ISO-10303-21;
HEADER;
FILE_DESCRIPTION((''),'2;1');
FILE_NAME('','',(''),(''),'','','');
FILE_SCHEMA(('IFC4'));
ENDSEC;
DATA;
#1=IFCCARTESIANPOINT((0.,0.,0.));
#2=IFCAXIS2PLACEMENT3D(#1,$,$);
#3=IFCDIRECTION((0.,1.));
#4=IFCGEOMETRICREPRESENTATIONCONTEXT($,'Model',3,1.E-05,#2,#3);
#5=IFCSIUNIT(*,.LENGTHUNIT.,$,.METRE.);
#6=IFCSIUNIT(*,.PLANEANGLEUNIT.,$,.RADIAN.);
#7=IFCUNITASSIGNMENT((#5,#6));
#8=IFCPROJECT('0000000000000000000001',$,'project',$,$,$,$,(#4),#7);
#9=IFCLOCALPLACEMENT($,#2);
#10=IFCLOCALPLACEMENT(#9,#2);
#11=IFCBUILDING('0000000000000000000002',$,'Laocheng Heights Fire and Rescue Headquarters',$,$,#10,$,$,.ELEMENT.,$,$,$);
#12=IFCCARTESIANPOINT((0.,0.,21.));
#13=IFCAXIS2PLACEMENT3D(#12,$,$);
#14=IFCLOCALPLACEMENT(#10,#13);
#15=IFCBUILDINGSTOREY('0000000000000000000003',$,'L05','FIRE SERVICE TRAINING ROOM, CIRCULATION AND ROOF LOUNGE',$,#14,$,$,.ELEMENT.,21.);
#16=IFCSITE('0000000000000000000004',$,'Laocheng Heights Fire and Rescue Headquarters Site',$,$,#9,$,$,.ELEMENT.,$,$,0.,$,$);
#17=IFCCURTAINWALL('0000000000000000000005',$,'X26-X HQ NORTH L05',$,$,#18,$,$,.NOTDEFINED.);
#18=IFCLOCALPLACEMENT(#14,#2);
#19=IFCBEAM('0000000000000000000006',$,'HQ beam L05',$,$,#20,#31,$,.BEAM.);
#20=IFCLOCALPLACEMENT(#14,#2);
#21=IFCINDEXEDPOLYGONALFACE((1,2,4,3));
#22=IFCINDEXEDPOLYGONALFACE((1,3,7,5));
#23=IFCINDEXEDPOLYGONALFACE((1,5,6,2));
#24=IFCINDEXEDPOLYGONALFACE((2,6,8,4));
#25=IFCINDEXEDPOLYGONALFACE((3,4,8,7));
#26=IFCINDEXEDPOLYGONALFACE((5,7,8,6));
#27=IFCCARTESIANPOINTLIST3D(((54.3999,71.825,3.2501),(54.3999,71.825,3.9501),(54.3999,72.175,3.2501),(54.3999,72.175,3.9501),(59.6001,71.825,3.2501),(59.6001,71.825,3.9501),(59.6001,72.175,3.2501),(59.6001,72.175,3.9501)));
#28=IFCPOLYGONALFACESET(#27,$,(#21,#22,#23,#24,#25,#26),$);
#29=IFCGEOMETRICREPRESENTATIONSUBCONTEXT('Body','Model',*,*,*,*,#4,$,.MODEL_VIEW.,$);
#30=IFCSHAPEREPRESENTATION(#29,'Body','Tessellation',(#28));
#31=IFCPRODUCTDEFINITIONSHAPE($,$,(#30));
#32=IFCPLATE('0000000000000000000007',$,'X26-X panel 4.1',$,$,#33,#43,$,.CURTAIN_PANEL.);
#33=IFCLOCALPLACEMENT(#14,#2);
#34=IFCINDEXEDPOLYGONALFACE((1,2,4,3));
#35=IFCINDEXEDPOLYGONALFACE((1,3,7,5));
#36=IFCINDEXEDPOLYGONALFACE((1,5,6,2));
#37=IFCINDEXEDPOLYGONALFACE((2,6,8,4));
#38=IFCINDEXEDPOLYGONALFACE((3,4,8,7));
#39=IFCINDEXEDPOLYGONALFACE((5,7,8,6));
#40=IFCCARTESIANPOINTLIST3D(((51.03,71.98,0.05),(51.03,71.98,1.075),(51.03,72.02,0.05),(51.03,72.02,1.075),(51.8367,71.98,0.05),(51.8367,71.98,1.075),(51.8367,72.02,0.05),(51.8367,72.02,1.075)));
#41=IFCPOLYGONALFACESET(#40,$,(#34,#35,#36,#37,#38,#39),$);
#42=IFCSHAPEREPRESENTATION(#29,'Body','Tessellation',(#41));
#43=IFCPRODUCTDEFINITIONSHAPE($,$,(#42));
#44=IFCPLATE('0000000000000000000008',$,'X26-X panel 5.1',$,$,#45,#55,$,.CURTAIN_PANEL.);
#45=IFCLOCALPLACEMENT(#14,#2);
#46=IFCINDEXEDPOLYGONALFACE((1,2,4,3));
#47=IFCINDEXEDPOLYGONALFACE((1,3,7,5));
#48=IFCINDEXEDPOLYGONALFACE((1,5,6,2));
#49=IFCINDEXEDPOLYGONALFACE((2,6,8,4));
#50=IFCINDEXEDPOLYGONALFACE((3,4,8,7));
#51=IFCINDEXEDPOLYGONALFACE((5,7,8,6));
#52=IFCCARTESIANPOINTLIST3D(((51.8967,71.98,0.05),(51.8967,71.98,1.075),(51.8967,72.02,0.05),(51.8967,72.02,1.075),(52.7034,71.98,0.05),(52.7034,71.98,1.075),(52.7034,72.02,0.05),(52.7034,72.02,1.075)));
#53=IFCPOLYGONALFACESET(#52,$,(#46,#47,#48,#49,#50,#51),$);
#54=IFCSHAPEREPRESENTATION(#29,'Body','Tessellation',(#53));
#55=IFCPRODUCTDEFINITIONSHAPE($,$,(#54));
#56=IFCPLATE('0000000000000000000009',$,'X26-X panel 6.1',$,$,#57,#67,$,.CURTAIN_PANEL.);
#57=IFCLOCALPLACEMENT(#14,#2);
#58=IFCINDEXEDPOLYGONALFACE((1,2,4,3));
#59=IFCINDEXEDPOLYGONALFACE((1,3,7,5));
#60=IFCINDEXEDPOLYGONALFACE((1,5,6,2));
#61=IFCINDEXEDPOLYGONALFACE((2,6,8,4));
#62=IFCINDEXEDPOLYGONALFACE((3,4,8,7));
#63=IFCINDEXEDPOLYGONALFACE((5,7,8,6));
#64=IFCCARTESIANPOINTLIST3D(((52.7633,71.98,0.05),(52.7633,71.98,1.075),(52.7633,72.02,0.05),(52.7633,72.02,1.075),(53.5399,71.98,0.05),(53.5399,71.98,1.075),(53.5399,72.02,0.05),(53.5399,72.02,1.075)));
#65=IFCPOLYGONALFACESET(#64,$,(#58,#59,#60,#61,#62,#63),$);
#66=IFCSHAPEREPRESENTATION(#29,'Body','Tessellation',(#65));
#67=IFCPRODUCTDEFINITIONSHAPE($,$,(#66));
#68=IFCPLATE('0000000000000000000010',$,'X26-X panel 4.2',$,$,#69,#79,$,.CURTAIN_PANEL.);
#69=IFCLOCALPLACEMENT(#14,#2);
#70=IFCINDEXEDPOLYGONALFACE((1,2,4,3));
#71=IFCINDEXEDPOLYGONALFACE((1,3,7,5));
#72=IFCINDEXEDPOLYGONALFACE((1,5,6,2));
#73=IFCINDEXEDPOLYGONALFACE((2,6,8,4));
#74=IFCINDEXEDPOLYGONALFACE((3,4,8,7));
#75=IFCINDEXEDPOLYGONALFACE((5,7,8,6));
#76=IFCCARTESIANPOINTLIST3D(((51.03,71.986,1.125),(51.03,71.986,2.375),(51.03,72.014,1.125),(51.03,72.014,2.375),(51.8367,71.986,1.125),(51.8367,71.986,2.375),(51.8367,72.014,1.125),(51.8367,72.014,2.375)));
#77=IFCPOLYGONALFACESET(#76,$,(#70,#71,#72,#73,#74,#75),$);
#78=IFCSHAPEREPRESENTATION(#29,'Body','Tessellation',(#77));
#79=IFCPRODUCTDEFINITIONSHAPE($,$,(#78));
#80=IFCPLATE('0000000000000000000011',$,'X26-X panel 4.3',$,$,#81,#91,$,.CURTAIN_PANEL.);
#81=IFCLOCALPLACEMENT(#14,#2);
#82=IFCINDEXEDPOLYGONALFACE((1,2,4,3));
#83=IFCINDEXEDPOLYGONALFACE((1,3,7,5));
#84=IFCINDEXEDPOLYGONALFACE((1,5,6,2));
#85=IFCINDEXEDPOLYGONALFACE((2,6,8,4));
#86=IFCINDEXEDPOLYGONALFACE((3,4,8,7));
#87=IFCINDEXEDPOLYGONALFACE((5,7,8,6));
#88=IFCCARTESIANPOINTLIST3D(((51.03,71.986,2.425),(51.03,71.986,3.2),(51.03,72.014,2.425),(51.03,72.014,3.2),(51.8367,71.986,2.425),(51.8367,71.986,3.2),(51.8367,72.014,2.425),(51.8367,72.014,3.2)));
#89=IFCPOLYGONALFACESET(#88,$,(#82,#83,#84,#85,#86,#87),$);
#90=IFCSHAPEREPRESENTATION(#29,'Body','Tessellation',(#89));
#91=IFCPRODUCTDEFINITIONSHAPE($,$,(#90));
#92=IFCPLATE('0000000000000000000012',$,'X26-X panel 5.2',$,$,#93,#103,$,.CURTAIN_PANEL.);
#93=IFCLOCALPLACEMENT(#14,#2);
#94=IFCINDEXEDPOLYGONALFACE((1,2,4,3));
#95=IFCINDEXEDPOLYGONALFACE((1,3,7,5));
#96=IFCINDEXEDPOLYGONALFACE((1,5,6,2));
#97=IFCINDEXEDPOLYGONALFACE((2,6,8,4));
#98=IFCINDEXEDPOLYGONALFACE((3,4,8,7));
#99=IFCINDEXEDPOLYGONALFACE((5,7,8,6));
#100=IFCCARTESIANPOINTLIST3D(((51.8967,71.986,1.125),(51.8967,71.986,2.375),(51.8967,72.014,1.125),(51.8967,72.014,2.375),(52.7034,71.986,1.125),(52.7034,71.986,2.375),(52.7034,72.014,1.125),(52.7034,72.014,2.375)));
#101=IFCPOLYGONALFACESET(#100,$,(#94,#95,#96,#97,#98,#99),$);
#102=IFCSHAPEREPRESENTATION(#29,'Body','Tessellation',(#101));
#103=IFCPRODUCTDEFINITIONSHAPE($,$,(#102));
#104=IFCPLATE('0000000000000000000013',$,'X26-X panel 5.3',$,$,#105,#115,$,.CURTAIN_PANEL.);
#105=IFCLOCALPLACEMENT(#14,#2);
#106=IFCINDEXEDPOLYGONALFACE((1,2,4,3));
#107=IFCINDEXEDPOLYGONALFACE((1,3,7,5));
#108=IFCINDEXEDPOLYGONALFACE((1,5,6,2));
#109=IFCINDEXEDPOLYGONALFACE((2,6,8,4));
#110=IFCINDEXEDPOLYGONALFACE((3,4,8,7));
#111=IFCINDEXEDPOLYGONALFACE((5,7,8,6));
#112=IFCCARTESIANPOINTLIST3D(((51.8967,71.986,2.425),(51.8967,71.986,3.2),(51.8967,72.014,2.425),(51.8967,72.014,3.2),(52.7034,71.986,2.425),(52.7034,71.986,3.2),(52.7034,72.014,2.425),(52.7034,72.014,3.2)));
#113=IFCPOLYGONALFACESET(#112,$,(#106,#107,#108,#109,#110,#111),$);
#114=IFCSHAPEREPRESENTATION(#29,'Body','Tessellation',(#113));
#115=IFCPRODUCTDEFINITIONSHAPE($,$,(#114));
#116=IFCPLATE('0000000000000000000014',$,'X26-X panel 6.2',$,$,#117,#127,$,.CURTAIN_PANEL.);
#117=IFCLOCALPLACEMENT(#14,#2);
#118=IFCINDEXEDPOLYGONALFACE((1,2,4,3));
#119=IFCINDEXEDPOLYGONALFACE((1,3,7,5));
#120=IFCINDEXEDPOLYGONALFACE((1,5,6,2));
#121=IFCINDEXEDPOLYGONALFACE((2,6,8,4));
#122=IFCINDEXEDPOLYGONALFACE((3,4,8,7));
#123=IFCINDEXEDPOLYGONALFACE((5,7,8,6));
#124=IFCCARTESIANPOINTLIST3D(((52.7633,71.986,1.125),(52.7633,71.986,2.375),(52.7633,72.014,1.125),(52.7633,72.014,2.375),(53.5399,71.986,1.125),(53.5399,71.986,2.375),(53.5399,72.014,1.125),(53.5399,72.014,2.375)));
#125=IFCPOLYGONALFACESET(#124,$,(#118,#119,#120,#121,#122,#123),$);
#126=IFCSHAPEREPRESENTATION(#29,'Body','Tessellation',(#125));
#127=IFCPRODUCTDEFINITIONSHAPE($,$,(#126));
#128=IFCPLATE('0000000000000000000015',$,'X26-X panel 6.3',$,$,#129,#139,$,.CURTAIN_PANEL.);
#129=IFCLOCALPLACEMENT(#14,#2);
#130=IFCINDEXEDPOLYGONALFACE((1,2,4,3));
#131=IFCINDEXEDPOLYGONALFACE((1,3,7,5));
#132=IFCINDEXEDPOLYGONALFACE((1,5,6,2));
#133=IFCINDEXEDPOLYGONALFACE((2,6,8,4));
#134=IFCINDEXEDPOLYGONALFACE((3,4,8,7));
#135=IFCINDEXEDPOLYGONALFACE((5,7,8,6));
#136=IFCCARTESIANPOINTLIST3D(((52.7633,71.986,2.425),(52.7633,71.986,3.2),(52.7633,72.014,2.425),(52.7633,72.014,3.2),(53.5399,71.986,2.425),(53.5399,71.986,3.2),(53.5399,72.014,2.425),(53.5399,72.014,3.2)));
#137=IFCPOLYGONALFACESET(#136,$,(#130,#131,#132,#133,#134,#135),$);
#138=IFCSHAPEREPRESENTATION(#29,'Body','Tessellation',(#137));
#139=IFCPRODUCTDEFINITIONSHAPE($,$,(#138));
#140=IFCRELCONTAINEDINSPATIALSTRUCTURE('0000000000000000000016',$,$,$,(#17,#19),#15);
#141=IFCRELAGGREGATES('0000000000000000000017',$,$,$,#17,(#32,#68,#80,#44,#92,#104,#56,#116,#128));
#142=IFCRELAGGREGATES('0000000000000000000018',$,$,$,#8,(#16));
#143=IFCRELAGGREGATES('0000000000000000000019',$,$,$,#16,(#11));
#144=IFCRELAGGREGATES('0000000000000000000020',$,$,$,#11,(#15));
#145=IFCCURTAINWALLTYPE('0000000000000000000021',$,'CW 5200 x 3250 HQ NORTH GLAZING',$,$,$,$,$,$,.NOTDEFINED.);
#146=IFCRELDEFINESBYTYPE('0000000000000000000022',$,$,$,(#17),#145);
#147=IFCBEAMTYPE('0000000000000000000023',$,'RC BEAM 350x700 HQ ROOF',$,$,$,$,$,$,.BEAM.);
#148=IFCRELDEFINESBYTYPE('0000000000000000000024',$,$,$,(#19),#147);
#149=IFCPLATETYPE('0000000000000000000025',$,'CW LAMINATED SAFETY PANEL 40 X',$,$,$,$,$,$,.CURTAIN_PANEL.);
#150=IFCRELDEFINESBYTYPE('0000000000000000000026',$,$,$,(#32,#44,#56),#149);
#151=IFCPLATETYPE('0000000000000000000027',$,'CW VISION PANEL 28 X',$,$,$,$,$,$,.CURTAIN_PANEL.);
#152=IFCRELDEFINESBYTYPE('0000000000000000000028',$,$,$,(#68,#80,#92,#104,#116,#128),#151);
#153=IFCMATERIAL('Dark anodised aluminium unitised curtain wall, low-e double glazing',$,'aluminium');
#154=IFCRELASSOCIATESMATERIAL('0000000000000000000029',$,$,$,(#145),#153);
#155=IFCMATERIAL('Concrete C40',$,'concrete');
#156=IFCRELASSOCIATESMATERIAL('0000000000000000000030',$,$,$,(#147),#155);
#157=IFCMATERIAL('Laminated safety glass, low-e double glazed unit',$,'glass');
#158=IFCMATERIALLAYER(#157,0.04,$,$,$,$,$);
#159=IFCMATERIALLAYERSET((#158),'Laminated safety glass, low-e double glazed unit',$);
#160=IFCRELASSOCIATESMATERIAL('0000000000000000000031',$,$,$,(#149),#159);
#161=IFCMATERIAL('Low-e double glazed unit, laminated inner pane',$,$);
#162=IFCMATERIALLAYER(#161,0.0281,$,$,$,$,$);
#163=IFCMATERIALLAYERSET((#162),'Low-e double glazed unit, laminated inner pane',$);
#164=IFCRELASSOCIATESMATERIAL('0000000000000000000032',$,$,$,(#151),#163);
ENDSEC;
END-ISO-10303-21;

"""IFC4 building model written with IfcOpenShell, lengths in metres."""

from ifc_helpers import new_model, si_unit, direction, frame, origin, origin_2d, place, context, subcontext, project, spatial, rectangle, extrude, material, layer, layer_set, material_profile, profile_set, type_object, element, aggregate, save


model = new_model("IFC4")

# Units and contexts
model_context = context("Model", 3, precision=1e-05, world=origin(), true_north=direction((0.0, 1.0)))
body_context = subcontext(model_context, "Body", "Model", "MODEL_VIEW")
ifc_project = project(units=[si_unit("LENGTHUNIT", "METRE"), si_unit("PLANEANGLEUNIT", "RADIAN")], contexts=[model_context])

# Site, building, storey
site_placement = place(None, origin())
site = spatial("IfcSite", under=ifc_project, at=site_placement, Name="Laocheng Heights Fire and Rescue Headquarters Site", CompositionType="ELEMENT", RefElevation=0.0)
building_placement = place(site_placement, origin())
building = spatial("IfcBuilding", under=site, at=building_placement, Name="Laocheng Heights Fire and Rescue Headquarters", CompositionType="ELEMENT")
storey_placement = place(building_placement, frame((0.0, 0.0, 21.0)))
storey = spatial("IfcBuildingStorey", under=building, at=storey_placement, Name="L05", Description="FIRE SERVICE TRAINING ROOM, CIRCULATION AND ROOF LOUNGE", CompositionType="ELEMENT", Elevation=21.0)

# Curtain wall
ifc_material_1 = material(Name="Dark anodised aluminium unitised curtain wall, low-e double glazing", Category="aluminium")
curtain_wall_type = type_object("IfcCurtainWallType", Name="CW 5200 x 3250 HQ NORTH GLAZING", PredefinedType="NOTDEFINED", material=ifc_material_1)
curtain_wall_1_placement = place(storey_placement, origin())
curtain_wall_1 = element("IfcCurtainWall", 1, at=curtain_wall_1_placement, inside=storey, type_object=curtain_wall_type, Name="X26-X HQ NORTH L05", PredefinedType="NOTDEFINED")

# Beam
ifc_material_2 = material(Name="Concrete C40", Category="concrete")
ifc_material_profile_1 = material_profile(ifc_material_2, rectangle(XDim=0.3501, YDim=0.7, at=origin_2d()), Name="RC BEAM 350x700 HQ ROOF")
ifc_profile_set_1 = profile_set([ifc_material_profile_1], Name="Concrete C40")
beam_type = type_object("IfcBeamType", Name="RC BEAM 350x700 HQ ROOF", PredefinedType="BEAM", material=ifc_profile_set_1)
beam_placement = place(storey_placement, frame((54.3999, 72.0, 3.6001), z_axis=(1.0, 0.0, 0.0), x_axis=(0.0, 1.0, 0.0)))
element("IfcBeam", 2, at=beam_placement, inside=storey, type_object=beam_type, Name="HQ beam L05", PredefinedType="BEAM", context=body_context, shape_type="SweptSolid", body=[
    extrude(rectangle(XDim=0.3501, YDim=0.7, at=origin_2d()), origin(), (0.0, 0.0, 1.0), 5.2002),
])

# Plates
ifc_material_3 = material(Name="Laminated safety glass, low-e double glazed unit", Category="glass")
ifc_layer_1 = layer(ifc_material_3, 0.04)
ifc_layer_set_1 = layer_set([ifc_layer_1], Name="Laminated safety glass, low-e double glazed unit")
plate_type_1 = type_object("IfcPlateType", Name="CW LAMINATED SAFETY PANEL 40 X", PredefinedType="CURTAIN_PANEL", material=ifc_layer_set_1)
plate_1_placement = place(storey_placement, frame((51.4333, 72.0, 0.05), z_axis=(0.0, 0.0, 1.0), x_axis=(1.0, 0.0, 0.0)))
plate_1 = element("IfcPlate", 3, at=plate_1_placement, type_object=plate_type_1, Name="X26-X panel 4.1", PredefinedType="CURTAIN_PANEL", context=body_context, shape_type="SweptSolid", body=[
    extrude(rectangle(XDim=0.8066, YDim=0.04, at=origin_2d()), origin(), (0.0, 0.0, 1.0), 1.0249),
])
plate_2_placement = place(storey_placement, frame((52.3, 72.0, 0.05), z_axis=(0.0, 0.0, 1.0), x_axis=(1.0, 0.0, 0.0)))
plate_2 = element("IfcPlate", 4, at=plate_2_placement, type_object=plate_type_1, Name="X26-X panel 5.1", PredefinedType="CURTAIN_PANEL", context=body_context, shape_type="SweptSolid", body=[
    extrude(rectangle(XDim=0.8066, YDim=0.04, at=origin_2d()), origin(), (0.0, 0.0, 1.0), 1.0249),
])
plate_3_placement = place(storey_placement, frame((53.1516, 72.0, 0.05), z_axis=(0.0, 0.0, 1.0), x_axis=(1.0, 0.0, 0.0)))
plate_3 = element("IfcPlate", 5, at=plate_3_placement, type_object=plate_type_1, Name="X26-X panel 6.1", PredefinedType="CURTAIN_PANEL", context=body_context, shape_type="SweptSolid", body=[
    extrude(rectangle(XDim=0.7766, YDim=0.04, at=origin_2d()), origin(), (0.0, 0.0, 1.0), 1.0249),
])
ifc_material_4 = material(Name="Low-e double glazed unit, laminated inner pane")
ifc_layer_2 = layer(ifc_material_4, 0.0281)
ifc_layer_set_2 = layer_set([ifc_layer_2], Name="Low-e double glazed unit, laminated inner pane")
plate_type_2 = type_object("IfcPlateType", Name="CW VISION PANEL 28 X", PredefinedType="CURTAIN_PANEL", material=ifc_layer_set_2)
plate_4_placement = place(storey_placement, frame((51.4333, 72.0, 1.125), z_axis=(0.0, 0.0, 1.0), x_axis=(1.0, 0.0, 0.0)))
plate_4 = element("IfcPlate", 6, at=plate_4_placement, type_object=plate_type_2, Name="X26-X panel 4.2", PredefinedType="CURTAIN_PANEL", context=body_context, shape_type="SweptSolid", body=[
    extrude(rectangle(XDim=0.8066, YDim=0.0281, at=origin_2d()), origin(), (0.0, 0.0, 1.0), 1.25),
])
plate_5_placement = place(storey_placement, frame((51.4333, 72.0, 2.425), z_axis=(0.0, 0.0, 1.0), x_axis=(1.0, 0.0, 0.0)))
plate_5 = element("IfcPlate", 7, at=plate_5_placement, type_object=plate_type_2, Name="X26-X panel 4.3", PredefinedType="CURTAIN_PANEL", context=body_context, shape_type="SweptSolid", body=[
    extrude(rectangle(XDim=0.8066, YDim=0.0281, at=origin_2d()), origin(), (0.0, 0.0, 1.0), 0.7749),
])
plate_6_placement = place(storey_placement, frame((52.3, 72.0, 1.125), z_axis=(0.0, 0.0, 1.0), x_axis=(1.0, 0.0, 0.0)))
plate_6 = element("IfcPlate", 8, at=plate_6_placement, type_object=plate_type_2, Name="X26-X panel 5.2", PredefinedType="CURTAIN_PANEL", context=body_context, shape_type="SweptSolid", body=[
    extrude(rectangle(XDim=0.8066, YDim=0.0281, at=origin_2d()), origin(), (0.0, 0.0, 1.0), 1.25),
])
plate_7_placement = place(storey_placement, frame((52.3, 72.0, 2.425), z_axis=(0.0, 0.0, 1.0), x_axis=(1.0, 0.0, 0.0)))
plate_7 = element("IfcPlate", 9, at=plate_7_placement, type_object=plate_type_2, Name="X26-X panel 5.3", PredefinedType="CURTAIN_PANEL", context=body_context, shape_type="SweptSolid", body=[
    extrude(rectangle(XDim=0.8066, YDim=0.0281, at=origin_2d()), origin(), (0.0, 0.0, 1.0), 0.7749),
])
plate_8_placement = place(storey_placement, frame((53.1516, 72.0, 1.125), z_axis=(0.0, 0.0, 1.0), x_axis=(1.0, 0.0, 0.0)))
plate_8 = element("IfcPlate", 10, at=plate_8_placement, type_object=plate_type_2, Name="X26-X panel 6.2", PredefinedType="CURTAIN_PANEL", context=body_context, shape_type="SweptSolid", body=[
    extrude(rectangle(XDim=0.7766, YDim=0.0281, at=origin_2d()), origin(), (0.0, 0.0, 1.0), 1.25),
])
plate_9_placement = place(storey_placement, frame((53.1516, 72.0, 2.425), z_axis=(0.0, 0.0, 1.0), x_axis=(1.0, 0.0, 0.0)))
plate_9 = element("IfcPlate", 11, at=plate_9_placement, type_object=plate_type_2, Name="X26-X panel 6.3", PredefinedType="CURTAIN_PANEL", context=body_context, shape_type="SweptSolid", body=[
    extrude(rectangle(XDim=0.7766, YDim=0.0281, at=origin_2d()), origin(), (0.0, 0.0, 1.0), 0.7749),
])
aggregate(curtain_wall_1, [plate_1, plate_4, plate_5, plate_2, plate_6, plate_7, plate_3, plate_8, plate_9])

save(model, "model.ifc")
